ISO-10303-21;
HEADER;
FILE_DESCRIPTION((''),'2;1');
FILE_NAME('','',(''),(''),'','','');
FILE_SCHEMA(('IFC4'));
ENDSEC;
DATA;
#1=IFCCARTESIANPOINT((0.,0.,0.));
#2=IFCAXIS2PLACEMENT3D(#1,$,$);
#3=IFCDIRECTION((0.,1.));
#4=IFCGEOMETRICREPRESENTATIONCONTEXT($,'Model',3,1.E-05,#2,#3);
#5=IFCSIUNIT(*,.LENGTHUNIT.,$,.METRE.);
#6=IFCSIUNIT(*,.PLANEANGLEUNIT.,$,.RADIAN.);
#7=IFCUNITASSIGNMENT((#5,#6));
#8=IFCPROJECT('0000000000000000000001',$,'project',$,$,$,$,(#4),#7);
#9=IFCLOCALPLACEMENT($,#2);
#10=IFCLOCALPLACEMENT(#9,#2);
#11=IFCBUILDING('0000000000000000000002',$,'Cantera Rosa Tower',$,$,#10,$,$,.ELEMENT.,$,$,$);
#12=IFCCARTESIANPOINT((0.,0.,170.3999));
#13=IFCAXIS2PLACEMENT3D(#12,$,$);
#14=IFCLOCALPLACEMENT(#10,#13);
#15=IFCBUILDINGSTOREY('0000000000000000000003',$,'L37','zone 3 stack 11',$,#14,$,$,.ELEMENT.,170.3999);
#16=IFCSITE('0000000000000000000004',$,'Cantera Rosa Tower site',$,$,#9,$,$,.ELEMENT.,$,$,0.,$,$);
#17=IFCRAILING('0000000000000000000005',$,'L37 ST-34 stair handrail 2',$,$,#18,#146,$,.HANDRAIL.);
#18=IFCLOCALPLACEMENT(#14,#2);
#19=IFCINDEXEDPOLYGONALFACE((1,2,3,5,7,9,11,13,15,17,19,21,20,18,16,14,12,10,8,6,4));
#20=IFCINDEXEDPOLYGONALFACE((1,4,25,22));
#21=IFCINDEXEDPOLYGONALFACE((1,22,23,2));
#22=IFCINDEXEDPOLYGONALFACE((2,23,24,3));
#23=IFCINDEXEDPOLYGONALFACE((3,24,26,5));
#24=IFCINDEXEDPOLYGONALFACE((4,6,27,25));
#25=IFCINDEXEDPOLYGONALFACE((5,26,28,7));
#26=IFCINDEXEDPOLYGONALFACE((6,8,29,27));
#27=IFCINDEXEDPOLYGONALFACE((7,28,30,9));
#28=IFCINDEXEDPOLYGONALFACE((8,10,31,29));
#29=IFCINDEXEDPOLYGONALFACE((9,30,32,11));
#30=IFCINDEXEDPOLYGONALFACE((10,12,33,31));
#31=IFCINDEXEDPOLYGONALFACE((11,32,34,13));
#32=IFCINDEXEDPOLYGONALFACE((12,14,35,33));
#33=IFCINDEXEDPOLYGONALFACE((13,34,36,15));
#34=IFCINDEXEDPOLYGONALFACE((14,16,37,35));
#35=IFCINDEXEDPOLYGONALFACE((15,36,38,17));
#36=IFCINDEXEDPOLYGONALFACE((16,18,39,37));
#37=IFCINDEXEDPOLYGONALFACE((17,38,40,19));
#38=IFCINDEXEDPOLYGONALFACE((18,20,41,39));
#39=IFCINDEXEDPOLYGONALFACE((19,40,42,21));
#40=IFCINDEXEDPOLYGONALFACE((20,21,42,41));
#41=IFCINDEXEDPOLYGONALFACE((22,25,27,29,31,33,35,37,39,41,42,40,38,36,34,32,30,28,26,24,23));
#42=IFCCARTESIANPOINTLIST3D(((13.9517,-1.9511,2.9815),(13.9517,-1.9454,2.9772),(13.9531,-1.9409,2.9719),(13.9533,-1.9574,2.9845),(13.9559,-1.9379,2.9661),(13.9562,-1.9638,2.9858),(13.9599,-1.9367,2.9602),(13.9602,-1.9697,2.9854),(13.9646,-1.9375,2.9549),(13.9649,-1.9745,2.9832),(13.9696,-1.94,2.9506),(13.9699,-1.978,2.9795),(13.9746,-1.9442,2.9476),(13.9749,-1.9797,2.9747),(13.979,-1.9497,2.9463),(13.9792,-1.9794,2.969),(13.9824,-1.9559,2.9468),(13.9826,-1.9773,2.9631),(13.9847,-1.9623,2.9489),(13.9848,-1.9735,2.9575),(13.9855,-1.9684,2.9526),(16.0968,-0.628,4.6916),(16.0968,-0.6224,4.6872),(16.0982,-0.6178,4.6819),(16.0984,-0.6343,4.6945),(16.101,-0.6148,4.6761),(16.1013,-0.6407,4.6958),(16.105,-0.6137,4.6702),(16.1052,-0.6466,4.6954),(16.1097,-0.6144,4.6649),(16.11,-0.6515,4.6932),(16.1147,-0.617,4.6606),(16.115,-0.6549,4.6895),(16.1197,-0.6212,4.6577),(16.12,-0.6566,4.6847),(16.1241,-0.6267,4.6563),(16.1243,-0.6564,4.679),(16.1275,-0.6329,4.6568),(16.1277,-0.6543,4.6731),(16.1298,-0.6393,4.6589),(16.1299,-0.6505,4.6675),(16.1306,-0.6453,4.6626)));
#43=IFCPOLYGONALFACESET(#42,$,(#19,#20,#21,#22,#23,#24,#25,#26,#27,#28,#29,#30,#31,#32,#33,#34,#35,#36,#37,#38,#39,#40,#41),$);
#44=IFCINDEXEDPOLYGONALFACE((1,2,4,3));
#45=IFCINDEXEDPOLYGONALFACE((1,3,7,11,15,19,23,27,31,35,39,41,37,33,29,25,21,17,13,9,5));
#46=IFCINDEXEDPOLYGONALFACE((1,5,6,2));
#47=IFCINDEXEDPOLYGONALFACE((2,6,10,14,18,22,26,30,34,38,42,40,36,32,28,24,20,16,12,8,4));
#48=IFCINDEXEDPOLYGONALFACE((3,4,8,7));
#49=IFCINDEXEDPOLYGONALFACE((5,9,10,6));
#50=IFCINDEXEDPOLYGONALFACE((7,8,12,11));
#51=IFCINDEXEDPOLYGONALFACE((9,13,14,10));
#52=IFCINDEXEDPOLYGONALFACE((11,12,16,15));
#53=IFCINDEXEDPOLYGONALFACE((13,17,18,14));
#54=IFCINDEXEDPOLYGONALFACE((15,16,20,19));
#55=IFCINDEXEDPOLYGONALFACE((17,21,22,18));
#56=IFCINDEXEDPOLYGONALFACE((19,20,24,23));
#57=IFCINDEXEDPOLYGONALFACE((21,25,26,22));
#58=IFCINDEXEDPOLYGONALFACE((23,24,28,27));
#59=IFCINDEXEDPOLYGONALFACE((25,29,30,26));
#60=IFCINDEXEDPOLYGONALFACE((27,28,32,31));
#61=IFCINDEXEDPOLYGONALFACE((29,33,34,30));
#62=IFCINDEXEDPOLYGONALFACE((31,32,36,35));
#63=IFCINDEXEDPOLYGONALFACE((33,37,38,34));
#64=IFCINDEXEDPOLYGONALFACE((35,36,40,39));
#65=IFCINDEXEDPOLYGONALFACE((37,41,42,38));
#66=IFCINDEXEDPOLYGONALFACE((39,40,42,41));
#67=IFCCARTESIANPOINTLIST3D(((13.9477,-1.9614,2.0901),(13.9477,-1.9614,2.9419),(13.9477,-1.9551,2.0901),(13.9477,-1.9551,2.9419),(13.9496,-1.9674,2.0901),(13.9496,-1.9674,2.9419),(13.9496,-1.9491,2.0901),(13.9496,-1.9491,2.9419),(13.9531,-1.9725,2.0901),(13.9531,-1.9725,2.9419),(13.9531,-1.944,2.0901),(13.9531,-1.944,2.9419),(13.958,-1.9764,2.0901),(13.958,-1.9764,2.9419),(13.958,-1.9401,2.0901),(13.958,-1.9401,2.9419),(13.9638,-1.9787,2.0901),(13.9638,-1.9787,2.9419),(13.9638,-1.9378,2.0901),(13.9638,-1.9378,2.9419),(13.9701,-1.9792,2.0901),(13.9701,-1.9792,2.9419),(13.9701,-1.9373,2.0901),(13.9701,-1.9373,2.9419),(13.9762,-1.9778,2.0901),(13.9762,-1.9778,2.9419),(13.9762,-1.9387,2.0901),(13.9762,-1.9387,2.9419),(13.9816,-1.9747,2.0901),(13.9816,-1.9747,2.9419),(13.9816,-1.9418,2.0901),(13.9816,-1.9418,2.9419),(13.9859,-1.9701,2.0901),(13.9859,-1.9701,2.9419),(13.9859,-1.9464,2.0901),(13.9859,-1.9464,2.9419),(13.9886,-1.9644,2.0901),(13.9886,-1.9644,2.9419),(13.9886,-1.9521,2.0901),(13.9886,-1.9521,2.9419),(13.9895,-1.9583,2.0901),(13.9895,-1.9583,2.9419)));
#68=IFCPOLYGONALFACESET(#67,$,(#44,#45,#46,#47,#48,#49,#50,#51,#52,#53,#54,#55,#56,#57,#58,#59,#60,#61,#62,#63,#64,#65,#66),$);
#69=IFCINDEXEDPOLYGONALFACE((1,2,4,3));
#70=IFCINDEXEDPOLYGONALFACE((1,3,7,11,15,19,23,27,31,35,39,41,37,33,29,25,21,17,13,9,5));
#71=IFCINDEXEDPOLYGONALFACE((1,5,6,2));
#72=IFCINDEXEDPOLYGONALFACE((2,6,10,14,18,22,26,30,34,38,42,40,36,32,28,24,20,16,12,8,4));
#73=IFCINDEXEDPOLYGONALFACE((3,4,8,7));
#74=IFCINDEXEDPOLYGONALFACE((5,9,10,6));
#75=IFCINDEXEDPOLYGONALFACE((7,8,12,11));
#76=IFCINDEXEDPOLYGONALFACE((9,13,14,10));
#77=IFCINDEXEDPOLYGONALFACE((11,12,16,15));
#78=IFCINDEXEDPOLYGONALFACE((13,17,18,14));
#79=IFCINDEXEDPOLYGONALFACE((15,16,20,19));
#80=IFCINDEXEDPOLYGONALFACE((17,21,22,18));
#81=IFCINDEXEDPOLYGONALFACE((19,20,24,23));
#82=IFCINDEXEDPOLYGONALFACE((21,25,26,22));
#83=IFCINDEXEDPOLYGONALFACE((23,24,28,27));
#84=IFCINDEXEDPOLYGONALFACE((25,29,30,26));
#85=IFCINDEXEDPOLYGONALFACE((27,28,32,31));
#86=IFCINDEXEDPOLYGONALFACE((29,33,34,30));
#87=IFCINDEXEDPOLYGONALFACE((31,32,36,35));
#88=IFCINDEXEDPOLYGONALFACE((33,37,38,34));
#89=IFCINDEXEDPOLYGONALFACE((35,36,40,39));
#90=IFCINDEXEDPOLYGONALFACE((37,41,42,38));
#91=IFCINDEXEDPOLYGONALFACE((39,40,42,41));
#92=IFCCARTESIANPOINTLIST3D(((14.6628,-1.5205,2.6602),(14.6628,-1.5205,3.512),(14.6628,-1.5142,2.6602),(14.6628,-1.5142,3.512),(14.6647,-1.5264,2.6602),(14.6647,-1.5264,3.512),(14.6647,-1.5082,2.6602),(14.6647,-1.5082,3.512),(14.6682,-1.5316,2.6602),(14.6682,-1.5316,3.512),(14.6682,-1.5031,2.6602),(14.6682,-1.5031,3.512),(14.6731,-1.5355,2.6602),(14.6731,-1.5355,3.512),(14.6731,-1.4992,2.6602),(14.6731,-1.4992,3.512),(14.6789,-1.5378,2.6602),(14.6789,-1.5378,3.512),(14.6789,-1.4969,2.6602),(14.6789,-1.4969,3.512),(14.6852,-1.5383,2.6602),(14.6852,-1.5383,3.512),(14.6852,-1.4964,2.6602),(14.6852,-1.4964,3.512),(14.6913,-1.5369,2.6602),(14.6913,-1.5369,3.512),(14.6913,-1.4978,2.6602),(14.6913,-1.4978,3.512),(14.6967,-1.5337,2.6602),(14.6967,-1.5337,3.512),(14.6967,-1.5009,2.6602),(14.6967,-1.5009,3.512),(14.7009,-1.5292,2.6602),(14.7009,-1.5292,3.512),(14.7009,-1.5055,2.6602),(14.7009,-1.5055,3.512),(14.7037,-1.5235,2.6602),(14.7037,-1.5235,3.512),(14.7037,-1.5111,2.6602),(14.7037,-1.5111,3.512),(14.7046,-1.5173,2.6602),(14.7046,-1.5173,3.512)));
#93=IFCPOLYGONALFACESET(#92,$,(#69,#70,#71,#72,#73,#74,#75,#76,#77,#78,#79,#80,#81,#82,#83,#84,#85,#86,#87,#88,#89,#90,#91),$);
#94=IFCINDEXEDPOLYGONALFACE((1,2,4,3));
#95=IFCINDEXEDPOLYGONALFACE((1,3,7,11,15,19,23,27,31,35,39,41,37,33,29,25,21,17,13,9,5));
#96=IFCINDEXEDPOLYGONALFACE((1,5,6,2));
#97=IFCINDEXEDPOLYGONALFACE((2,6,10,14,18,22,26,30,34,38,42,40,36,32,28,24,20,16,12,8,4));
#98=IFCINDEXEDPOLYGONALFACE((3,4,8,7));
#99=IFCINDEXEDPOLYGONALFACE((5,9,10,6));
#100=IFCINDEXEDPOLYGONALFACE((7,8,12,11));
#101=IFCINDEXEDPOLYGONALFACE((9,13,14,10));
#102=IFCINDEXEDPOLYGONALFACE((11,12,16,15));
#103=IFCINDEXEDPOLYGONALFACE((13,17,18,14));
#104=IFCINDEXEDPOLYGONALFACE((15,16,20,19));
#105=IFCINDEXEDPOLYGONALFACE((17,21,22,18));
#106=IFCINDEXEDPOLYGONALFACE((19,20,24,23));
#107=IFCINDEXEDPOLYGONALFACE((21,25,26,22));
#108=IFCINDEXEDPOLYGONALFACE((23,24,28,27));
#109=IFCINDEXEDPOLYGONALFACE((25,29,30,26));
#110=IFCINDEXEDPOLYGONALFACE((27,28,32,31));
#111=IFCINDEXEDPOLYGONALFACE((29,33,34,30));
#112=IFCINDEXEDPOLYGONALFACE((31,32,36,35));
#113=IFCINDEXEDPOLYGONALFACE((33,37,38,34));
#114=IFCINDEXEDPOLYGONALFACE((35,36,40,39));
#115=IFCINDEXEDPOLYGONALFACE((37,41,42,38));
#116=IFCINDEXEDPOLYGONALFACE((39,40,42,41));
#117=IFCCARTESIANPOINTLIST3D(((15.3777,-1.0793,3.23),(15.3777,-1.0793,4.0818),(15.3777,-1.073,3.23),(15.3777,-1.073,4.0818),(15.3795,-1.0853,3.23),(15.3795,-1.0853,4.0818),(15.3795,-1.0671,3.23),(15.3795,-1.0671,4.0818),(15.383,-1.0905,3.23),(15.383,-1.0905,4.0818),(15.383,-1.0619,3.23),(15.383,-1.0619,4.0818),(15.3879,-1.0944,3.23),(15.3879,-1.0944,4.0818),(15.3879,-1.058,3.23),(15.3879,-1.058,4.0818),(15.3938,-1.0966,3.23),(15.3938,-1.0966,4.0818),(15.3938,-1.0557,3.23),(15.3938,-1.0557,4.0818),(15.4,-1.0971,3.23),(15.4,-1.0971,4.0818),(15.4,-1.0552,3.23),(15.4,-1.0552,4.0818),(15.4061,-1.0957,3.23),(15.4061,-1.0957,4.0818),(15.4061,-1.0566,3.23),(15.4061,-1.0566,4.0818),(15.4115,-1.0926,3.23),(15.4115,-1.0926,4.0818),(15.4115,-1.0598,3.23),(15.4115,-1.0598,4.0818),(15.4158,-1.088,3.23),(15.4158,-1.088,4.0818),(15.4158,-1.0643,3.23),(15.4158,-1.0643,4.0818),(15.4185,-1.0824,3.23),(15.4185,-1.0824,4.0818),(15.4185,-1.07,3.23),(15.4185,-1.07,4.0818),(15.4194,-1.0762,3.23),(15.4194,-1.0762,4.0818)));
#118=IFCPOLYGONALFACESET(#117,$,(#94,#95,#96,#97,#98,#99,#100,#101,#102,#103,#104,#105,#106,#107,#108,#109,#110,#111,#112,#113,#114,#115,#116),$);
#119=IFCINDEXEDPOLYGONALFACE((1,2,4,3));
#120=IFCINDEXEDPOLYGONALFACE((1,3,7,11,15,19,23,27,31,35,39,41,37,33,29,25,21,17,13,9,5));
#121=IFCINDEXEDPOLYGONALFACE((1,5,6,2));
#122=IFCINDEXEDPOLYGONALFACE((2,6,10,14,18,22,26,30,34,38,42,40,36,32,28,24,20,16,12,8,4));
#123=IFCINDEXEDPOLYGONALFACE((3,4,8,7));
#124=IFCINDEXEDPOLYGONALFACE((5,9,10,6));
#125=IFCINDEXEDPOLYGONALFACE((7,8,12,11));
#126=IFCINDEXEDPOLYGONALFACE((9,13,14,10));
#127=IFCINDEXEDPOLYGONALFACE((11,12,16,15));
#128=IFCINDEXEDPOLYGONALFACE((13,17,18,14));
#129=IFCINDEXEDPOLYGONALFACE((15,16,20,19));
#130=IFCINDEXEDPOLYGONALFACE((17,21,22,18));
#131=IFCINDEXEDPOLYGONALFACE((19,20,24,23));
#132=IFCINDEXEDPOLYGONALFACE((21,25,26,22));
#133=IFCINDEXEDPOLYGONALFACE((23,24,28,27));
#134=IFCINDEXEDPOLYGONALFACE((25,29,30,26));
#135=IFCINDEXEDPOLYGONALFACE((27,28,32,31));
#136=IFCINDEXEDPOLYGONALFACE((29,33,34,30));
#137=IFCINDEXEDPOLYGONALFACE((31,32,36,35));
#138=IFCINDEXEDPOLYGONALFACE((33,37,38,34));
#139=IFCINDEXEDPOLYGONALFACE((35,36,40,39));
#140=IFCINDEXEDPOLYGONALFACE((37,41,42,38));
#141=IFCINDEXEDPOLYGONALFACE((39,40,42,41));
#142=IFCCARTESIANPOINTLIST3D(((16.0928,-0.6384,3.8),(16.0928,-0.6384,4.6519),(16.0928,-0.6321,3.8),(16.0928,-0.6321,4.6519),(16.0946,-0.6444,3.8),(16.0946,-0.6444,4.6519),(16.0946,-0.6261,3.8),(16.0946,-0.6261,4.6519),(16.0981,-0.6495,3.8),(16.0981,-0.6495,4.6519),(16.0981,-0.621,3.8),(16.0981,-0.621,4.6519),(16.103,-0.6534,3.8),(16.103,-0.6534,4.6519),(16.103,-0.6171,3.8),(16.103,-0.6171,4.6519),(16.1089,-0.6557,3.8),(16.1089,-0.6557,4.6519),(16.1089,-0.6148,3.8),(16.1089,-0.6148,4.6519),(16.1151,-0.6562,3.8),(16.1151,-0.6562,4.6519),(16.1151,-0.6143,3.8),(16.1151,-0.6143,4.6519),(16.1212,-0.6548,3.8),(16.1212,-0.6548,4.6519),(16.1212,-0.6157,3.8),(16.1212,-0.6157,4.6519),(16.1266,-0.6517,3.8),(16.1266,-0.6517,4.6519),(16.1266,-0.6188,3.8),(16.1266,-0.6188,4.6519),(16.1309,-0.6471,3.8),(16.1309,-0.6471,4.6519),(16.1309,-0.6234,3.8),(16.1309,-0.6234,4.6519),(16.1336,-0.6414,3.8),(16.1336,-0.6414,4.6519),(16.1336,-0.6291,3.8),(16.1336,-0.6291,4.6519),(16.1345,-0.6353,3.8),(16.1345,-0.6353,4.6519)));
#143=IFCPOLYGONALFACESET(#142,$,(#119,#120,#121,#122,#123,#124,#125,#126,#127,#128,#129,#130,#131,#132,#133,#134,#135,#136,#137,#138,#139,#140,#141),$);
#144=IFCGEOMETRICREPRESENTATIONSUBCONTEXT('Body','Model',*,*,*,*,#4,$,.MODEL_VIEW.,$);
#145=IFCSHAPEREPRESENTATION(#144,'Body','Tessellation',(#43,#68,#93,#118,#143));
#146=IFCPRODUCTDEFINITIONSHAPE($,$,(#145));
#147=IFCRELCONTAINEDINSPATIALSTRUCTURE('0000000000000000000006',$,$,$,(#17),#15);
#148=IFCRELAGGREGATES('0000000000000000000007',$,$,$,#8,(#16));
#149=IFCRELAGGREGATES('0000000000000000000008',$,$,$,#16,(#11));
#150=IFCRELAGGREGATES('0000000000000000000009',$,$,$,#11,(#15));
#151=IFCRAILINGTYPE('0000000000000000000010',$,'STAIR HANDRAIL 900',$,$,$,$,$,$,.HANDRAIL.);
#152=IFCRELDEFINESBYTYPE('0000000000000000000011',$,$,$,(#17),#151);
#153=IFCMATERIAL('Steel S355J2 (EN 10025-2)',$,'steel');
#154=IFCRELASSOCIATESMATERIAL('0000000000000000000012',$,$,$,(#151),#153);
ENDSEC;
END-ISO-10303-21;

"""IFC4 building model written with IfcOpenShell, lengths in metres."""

from ifc_helpers import new_model, si_unit, direction, frame, origin, origin_2d, place, context, subcontext, project, spatial, circle, extrude, material, type_object, element, save


model = new_model("IFC4")

# Units and contexts
model_context = context("Model", 3, precision=1e-05, world=origin(), true_north=direction((0.0, 1.0)))
body_context = subcontext(model_context, "Body", "Model", "MODEL_VIEW")
ifc_project = project(units=[si_unit("LENGTHUNIT", "METRE"), si_unit("PLANEANGLEUNIT", "RADIAN")], contexts=[model_context])

# Site, building, storey
site_placement = place(None, origin())
site = spatial("IfcSite", under=ifc_project, at=site_placement, Name="Cantera Rosa Tower site", CompositionType="ELEMENT", RefElevation=0.0)
building_placement = place(site_placement, origin())
building = spatial("IfcBuilding", under=site, at=building_placement, Name="Cantera Rosa Tower", CompositionType="ELEMENT")
storey_placement = place(building_placement, frame((0.0, 0.0, 170.3999)))
storey = spatial("IfcBuildingStorey", under=building, at=storey_placement, Name="L37", Description="zone 3 stack 11", CompositionType="ELEMENT", Elevation=170.3999)

# Railing
ifc_material_1 = material(Name="Steel S355J2 (EN 10025-2)", Category="steel")
railing_type_1 = type_object("IfcRailingType", Name="STAIR HANDRAIL 900", PredefinedType="HANDRAIL", material=ifc_material_1)
railing_1_placement = place(storey_placement, frame((13.9685, -1.9583, 2.0901)))
element("IfcRailing", 1, at=railing_1_placement, inside=storey, type_object=railing_type_1, Name="L37 ST-34 stair handrail 2", PredefinedType="HANDRAIL", context=body_context, shape_type="SweptSolid", body=[
    extrude(circle(Radius=0.0239, at=origin_2d()), frame((0.0, 0.0, 0.876), z_axis=(0.704312, 0.434403, 0.561461), x_axis=(-0.524957, 0.851129, 0.0)), (0.0, 0.0, 1.0), 3.0457),
    extrude(circle(Radius=0.021, at=origin_2d()), origin(), (0.0, 0.0, 1.0), 0.8518),
    extrude(circle(Radius=0.021, at=origin_2d()), frame((0.7151, 0.4409, 0.5701)), (0.0, 0.0, 1.0), 0.8518),
    extrude(circle(Radius=0.021, at=origin_2d()), frame((1.4299, 0.8821, 1.1399)), (0.0, 0.0, 1.0), 0.8518),
    extrude(circle(Radius=0.021, at=origin_2d()), frame((2.145, 1.323, 1.71)), (0.0, 0.0, 1.0), 0.8518),
])

save(model, "model.ifc")
